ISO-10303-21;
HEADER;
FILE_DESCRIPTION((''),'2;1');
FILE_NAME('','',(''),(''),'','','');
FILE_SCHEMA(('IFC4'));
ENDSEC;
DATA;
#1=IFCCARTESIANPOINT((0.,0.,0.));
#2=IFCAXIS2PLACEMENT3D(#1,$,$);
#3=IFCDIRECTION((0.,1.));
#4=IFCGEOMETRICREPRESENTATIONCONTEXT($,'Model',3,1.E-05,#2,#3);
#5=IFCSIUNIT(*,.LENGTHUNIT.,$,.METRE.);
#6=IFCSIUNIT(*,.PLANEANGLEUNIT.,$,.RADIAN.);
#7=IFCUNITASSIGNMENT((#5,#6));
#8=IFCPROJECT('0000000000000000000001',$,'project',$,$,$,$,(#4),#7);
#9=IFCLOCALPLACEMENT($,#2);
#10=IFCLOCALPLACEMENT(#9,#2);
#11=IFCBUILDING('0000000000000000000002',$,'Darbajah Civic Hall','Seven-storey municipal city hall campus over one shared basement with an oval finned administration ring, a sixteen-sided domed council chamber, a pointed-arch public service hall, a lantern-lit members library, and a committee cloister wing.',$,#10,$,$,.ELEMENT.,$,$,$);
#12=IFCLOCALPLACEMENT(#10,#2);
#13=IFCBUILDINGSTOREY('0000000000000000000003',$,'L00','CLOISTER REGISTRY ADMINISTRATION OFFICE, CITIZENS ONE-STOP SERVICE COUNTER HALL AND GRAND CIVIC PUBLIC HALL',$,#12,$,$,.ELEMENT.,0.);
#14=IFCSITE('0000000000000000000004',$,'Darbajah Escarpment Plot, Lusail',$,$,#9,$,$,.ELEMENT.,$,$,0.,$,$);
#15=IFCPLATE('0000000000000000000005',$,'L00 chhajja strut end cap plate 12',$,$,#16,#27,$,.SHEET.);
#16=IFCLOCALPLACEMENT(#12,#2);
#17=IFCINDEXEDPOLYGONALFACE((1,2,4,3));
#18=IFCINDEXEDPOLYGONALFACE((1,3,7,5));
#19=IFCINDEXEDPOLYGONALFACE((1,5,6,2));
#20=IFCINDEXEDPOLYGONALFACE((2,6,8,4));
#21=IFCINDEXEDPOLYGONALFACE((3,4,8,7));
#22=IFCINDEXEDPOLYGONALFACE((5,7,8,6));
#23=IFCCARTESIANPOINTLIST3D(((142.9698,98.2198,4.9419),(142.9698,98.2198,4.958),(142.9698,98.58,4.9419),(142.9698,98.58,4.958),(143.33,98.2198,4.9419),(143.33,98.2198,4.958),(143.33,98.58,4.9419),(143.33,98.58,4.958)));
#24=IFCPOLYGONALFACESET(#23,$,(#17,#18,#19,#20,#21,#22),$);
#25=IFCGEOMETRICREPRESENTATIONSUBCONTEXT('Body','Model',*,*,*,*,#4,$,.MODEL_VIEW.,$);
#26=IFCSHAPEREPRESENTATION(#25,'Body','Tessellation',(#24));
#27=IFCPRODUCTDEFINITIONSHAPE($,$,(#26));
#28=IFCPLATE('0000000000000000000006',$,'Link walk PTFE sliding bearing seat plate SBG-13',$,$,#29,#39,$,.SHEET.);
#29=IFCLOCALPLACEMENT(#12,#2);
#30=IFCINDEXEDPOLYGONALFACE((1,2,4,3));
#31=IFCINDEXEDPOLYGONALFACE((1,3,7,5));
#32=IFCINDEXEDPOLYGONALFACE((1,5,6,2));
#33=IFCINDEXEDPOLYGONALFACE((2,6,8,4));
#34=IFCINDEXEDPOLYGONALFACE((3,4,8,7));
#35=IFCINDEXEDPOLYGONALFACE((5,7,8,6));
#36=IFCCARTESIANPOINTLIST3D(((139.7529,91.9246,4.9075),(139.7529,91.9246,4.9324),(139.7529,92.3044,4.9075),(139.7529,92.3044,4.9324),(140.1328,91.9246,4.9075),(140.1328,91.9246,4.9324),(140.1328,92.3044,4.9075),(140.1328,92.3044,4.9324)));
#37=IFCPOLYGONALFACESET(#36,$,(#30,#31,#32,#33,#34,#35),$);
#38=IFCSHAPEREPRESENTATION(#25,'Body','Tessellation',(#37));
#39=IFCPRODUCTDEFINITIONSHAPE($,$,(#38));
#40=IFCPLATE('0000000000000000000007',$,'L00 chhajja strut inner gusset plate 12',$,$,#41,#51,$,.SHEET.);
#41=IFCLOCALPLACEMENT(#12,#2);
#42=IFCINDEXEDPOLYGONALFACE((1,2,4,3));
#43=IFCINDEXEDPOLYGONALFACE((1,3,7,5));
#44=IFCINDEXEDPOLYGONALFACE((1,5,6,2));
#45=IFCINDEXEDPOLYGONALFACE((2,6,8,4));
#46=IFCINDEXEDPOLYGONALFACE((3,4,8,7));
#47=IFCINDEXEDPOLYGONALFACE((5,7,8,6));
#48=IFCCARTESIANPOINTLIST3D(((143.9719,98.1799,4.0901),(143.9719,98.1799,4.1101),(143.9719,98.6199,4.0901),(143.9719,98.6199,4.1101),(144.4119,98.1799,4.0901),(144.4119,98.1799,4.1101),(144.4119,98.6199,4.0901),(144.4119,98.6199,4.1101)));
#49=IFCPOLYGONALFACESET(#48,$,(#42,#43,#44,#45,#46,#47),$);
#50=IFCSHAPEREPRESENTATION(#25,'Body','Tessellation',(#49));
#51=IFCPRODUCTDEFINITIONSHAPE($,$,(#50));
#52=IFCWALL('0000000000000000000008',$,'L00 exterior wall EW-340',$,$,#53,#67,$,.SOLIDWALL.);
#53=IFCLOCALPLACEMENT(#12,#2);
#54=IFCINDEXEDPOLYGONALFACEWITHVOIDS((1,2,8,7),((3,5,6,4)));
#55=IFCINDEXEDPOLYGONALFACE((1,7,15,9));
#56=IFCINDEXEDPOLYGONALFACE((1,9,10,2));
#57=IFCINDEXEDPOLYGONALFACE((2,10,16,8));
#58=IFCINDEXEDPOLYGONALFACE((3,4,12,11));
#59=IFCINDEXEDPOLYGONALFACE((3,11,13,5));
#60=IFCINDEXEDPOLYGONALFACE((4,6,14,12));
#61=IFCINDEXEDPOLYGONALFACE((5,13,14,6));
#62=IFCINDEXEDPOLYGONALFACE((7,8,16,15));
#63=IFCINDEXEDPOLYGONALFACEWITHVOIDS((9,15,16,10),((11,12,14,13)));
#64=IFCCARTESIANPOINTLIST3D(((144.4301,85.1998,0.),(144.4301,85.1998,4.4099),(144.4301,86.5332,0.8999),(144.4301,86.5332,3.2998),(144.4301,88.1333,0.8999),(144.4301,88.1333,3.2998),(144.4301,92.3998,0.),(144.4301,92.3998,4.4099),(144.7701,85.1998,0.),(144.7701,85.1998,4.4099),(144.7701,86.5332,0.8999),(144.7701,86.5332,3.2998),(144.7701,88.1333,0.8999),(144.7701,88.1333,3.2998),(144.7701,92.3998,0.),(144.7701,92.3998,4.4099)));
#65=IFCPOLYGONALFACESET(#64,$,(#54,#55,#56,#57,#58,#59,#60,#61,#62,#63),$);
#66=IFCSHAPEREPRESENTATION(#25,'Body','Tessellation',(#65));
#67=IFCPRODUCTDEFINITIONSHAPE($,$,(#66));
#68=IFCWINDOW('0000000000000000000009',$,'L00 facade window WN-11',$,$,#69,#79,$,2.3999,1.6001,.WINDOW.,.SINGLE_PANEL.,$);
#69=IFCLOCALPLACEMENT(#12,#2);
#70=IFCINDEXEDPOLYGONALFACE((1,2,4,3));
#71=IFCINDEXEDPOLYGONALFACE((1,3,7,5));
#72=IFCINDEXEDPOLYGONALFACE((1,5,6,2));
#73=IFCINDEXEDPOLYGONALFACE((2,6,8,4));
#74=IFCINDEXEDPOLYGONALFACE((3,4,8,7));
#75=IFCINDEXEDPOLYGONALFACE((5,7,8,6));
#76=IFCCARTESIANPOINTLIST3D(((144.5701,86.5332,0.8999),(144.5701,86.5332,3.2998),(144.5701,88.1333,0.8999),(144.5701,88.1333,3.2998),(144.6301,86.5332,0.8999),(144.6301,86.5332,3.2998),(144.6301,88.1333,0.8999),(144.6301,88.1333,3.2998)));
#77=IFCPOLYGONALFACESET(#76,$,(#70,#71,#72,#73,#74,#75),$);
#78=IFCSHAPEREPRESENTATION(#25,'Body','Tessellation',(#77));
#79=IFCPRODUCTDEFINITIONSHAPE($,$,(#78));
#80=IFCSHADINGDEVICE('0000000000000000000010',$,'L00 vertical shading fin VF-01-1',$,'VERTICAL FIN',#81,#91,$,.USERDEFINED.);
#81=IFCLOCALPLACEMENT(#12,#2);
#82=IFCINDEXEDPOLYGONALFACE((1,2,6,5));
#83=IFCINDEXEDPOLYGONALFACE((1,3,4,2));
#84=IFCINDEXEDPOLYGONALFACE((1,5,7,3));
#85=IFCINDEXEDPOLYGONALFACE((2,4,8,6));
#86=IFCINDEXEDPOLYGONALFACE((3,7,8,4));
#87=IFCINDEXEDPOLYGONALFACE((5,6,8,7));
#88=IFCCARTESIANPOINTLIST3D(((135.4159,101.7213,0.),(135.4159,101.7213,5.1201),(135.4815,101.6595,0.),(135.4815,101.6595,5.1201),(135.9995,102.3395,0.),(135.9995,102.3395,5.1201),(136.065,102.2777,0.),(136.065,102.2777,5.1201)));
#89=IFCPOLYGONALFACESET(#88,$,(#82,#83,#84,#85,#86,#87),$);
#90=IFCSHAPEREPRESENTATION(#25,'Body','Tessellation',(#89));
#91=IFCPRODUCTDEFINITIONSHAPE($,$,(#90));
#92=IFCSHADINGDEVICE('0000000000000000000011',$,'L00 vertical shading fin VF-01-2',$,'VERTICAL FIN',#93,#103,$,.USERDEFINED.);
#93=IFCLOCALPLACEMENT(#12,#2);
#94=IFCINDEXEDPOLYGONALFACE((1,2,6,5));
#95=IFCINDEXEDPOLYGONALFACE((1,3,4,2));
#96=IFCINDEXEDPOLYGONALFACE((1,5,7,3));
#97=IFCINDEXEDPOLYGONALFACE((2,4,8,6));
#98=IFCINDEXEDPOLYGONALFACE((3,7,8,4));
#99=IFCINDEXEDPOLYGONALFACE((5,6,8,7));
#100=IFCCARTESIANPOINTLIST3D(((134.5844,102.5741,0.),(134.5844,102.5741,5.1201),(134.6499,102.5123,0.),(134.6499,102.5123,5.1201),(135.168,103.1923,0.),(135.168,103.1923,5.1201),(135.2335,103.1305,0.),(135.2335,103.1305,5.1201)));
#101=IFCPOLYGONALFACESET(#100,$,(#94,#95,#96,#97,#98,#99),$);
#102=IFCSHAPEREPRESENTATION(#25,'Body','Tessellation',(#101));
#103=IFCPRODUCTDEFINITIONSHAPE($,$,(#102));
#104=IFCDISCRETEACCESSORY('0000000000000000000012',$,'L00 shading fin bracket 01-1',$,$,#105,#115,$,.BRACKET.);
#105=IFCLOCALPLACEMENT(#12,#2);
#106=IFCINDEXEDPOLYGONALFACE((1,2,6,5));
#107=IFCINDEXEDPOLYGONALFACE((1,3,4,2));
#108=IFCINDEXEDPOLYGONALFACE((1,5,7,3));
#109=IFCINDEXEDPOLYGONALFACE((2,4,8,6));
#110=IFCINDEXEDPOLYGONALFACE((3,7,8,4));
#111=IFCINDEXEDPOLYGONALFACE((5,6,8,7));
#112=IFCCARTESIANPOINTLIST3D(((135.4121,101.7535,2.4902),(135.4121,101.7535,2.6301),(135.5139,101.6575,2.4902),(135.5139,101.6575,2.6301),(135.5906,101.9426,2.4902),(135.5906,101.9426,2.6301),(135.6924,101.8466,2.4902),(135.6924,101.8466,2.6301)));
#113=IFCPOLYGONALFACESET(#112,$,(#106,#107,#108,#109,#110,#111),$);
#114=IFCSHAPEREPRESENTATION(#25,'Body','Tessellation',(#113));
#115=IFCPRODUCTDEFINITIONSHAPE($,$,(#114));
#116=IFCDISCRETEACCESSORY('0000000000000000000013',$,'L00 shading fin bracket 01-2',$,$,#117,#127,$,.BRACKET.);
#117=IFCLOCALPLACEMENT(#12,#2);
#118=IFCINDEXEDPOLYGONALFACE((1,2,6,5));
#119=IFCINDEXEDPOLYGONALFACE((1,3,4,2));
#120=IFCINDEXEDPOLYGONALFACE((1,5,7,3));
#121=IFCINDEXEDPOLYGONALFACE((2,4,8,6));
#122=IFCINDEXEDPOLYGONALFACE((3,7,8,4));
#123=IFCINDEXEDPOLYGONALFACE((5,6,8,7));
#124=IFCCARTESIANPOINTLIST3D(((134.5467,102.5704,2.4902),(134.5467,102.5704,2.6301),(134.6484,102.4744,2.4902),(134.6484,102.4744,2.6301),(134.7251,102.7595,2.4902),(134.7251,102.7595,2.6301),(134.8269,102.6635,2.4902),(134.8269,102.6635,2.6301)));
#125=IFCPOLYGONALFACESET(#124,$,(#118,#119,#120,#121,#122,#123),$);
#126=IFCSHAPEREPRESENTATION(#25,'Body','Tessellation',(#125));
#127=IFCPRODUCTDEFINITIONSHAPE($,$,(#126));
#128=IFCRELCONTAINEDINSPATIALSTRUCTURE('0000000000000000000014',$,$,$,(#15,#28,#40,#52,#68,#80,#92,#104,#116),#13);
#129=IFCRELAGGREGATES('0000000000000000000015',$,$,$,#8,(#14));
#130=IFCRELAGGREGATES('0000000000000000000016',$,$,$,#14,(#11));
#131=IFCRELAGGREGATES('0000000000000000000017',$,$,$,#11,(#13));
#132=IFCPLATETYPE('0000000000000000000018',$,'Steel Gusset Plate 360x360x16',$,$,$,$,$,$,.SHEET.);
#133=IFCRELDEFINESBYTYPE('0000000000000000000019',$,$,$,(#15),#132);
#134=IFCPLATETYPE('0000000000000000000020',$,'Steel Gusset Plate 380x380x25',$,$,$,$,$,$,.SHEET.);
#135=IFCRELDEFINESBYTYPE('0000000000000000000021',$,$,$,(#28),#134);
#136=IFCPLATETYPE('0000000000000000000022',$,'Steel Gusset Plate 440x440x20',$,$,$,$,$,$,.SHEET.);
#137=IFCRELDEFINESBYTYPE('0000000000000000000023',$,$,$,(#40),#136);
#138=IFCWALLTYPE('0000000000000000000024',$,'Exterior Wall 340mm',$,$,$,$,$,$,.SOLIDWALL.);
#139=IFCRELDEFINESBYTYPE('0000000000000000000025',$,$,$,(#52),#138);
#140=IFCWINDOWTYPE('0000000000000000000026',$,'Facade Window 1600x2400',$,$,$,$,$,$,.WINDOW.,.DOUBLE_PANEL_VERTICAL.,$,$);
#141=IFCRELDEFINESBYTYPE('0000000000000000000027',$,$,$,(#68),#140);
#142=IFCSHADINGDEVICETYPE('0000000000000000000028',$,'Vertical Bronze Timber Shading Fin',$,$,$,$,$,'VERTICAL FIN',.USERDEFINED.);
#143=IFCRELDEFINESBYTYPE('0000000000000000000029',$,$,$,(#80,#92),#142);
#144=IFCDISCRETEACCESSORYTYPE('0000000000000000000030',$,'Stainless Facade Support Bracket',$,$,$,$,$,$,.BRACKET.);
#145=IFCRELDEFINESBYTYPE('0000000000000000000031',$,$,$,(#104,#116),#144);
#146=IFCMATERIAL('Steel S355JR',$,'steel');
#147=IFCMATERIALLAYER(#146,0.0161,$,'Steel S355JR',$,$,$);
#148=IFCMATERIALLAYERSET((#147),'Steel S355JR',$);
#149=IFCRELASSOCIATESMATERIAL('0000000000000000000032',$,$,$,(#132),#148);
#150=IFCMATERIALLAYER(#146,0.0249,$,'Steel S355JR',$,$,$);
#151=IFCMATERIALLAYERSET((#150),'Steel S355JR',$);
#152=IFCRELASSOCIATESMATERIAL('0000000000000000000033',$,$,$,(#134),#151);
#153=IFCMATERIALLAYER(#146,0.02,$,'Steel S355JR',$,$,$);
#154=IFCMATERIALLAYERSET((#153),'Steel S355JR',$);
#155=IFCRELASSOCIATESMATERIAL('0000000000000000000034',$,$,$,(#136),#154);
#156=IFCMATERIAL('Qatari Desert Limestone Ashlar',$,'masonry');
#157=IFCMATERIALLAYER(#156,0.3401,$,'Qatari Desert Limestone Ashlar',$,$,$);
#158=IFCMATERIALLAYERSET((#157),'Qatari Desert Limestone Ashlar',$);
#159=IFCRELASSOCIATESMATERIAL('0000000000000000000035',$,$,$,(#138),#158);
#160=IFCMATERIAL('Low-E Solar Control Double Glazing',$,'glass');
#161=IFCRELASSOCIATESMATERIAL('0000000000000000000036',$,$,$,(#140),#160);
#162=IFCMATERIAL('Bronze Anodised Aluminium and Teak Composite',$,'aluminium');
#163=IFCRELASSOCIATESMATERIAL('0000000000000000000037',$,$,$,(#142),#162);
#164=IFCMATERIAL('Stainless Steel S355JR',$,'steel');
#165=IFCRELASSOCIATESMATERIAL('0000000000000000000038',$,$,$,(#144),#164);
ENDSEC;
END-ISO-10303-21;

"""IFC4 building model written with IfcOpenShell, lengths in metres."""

from ifc_helpers import new_model, si_unit, direction, frame, frame_2d, origin, origin_2d, place, context, subcontext, project, spatial, rectangle, extrude, material, layer, layer_set, type_object, element, fill, save


model = new_model("IFC4")

# Units and contexts
model_context = context("Model", 3, precision=1e-05, world=origin(), true_north=direction((0.0, 1.0)))
body_context = subcontext(model_context, "Body", "Model", "MODEL_VIEW")
ifc_project = project(units=[si_unit("LENGTHUNIT", "METRE"), si_unit("PLANEANGLEUNIT", "RADIAN")], contexts=[model_context])

# Site, building, storey
site_placement = place(None, origin())
site = spatial("IfcSite", under=ifc_project, at=site_placement, Name="Darbajah Escarpment Plot, Lusail", CompositionType="ELEMENT", RefElevation=0.0)
building_placement = place(site_placement, origin())
building = spatial("IfcBuilding", under=site, at=building_placement, Name="Darbajah Civic Hall", Description="Seven-storey municipal city hall campus over one shared basement with an oval finned administration ring, a sixteen-sided domed council chamber, a pointed-arch public service hall, a lantern-lit members library, and a committee cloister wing.", CompositionType="ELEMENT")
storey_placement = place(building_placement, origin())
storey = spatial("IfcBuildingStorey", under=building, at=storey_placement, Name="L00", Description="CLOISTER REGISTRY ADMINISTRATION OFFICE, CITIZENS ONE-STOP SERVICE COUNTER HALL AND GRAND CIVIC PUBLIC HALL", CompositionType="ELEMENT", Elevation=0.0)

# Shared definitions
ifc_material_1 = material(Name="Steel S355JR", Category="steel")

# Shared definitions
ifc_material_2 = material(Name="Low-E Solar Control Double Glazing", Category="glass")

# Plates
ifc_layer_1 = layer(ifc_material_1, 0.0161, Name="Steel S355JR")
ifc_layer_set_1 = layer_set([ifc_layer_1], Name="Steel S355JR")
plate_type_1 = type_object("IfcPlateType", Name="Steel Gusset Plate 360x360x16", PredefinedType="SHEET", material=ifc_layer_set_1)
plate_1_placement = place(storey_placement, frame((143.1499, 98.3999, 4.9419), z_axis=(0.0, 0.0, 1.0), x_axis=(1.0, 0.0, 0.0)))
element("IfcPlate", 1, at=plate_1_placement, inside=storey, type_object=plate_type_1, Name="L00 chhajja strut end cap plate 12", PredefinedType="SHEET", context=body_context, shape_type="SweptSolid", body=[
    extrude(rectangle(XDim=0.3601, YDim=0.3601, at=origin_2d()), origin(), (0.0, 0.0, 1.0), 0.0161),
])
ifc_layer_2 = layer(ifc_material_1, 0.0249, Name="Steel S355JR")
ifc_layer_set_2 = layer_set([ifc_layer_2], Name="Steel S355JR")
plate_type_2 = type_object("IfcPlateType", Name="Steel Gusset Plate 380x380x25", PredefinedType="SHEET", material=ifc_layer_set_2)
plate_2_placement = place(storey_placement, frame((139.9429, 92.1145, 4.9075), z_axis=(0.0, 0.0, 1.0), x_axis=(1.0, 0.0, 0.0)))
element("IfcPlate", 2, at=plate_2_placement, inside=storey, type_object=plate_type_2, Name="Link walk PTFE sliding bearing seat plate SBG-13", PredefinedType="SHEET", context=body_context, shape_type="SweptSolid", body=[
    extrude(rectangle(XDim=0.3799, YDim=0.3799, at=origin_2d()), origin(), (0.0, 0.0, 1.0), 0.0249),
])
ifc_layer_3 = layer(ifc_material_1, 0.02, Name="Steel S355JR")
ifc_layer_set_3 = layer_set([ifc_layer_3], Name="Steel S355JR")
plate_type_3 = type_object("IfcPlateType", Name="Steel Gusset Plate 440x440x20", PredefinedType="SHEET", material=ifc_layer_set_3)
plate_3_placement = place(storey_placement, frame((144.1919, 98.3999, 4.0901), z_axis=(0.0, 0.0, 1.0), x_axis=(1.0, 0.0, 0.0)))
element("IfcPlate", 3, at=plate_3_placement, inside=storey, type_object=plate_type_3, Name="L00 chhajja strut inner gusset plate 12", PredefinedType="SHEET", context=body_context, shape_type="SweptSolid", body=[
    extrude(rectangle(XDim=0.4399, YDim=0.4399, at=origin_2d()), origin(), (0.0, 0.0, 1.0), 0.02),
])

# Wall, opening, window
ifc_material_3 = material(Name="Qatari Desert Limestone Ashlar", Category="masonry")
ifc_layer_4 = layer(ifc_material_3, 0.3401, Name="Qatari Desert Limestone Ashlar")
ifc_layer_set_4 = layer_set([ifc_layer_4], Name="Qatari Desert Limestone Ashlar")
wall_type = type_object("IfcWallType", Name="Exterior Wall 340mm", PredefinedType="SOLIDWALL", material=ifc_layer_set_4)
wall_placement = place(storey_placement, frame((144.6001, 92.3999, 0.0), z_axis=(0.0, 0.0, 1.0), x_axis=(0.0, -1.0, 0.0)))
wall = element("IfcWall", 4, at=wall_placement, inside=storey, type_object=wall_type, Name="L00 exterior wall EW-340", PredefinedType="SOLIDWALL", context=body_context, shape_type="SweptSolid", body=[
    extrude(rectangle(XDim=7.2, YDim=0.3401, at=frame_2d((3.6001, 0.0))), origin(), (0.0, 0.0, 1.0), 4.4099),
])
opening_placement = place(wall_placement, frame((4.2666, 0.0, 0.8999)))
opening = element("IfcOpeningElement", 5, at=opening_placement, cuts=wall, PredefinedType="OPENING", context=body_context, shape_type="SweptSolid", body=[
    extrude(rectangle(XDim=1.6001, YDim=2.3999, at=frame_2d((0.8, 1.2))), frame((0.0, 0.1799, 0.0), z_axis=(0.0, -1.0, 0.0), x_axis=(1.0, 0.0, 0.0)), (0.0, 0.0, 1.0), 0.3601),
])
window_type = type_object("IfcWindowType", Name="Facade Window 1600x2400", PartitioningType="DOUBLE_PANEL_VERTICAL", PredefinedType="WINDOW", material=ifc_material_2)
window_placement = place(opening_placement, origin())
window = element("IfcWindow", 6, at=window_placement, inside=storey, type_object=window_type, Name="L00 facade window WN-11", OverallHeight=2.3999, OverallWidth=1.6001, PartitioningType="SINGLE_PANEL", PredefinedType="WINDOW", context=body_context, shape_type="SweptSolid", body=[
    extrude(rectangle(XDim=1.6001, YDim=2.3999, at=frame_2d((0.8, 1.2))), frame((0.0, 0.03, 0.0), z_axis=(0.0, -1.0, 0.0), x_axis=(1.0, 0.0, 0.0)), (0.0, 0.0, 1.0), 0.0601),
])
fill(opening, window)

# Shading devices
ifc_material_4 = material(Name="Bronze Anodised Aluminium and Teak Composite", Category="aluminium")
shading_device_type = type_object("IfcShadingDeviceType", Name="Vertical Bronze Timber Shading Fin", ElementType="VERTICAL FIN", PredefinedType="USERDEFINED", material=ifc_material_4)
for number, where, z_axis, x_axis, name in (
    (7, (135.7405, 101.9995, 0.0), (0.0, 0.0, 1.0), (0.686453, 0.727174, 0.0), "L00 vertical shading fin VF-01-1"),
    (8, (134.9089, 102.8523, 0.0), (0.0, 0.0, 1.0), (0.686453, 0.727174, 0.0), "L00 vertical shading fin VF-01-2"),
):
    element("IfcShadingDevice", number, at=place(storey_placement, frame(where, z_axis=z_axis, x_axis=x_axis)), inside=storey, type_object=shading_device_type, Name=name, ObjectType="VERTICAL FIN", PredefinedType="USERDEFINED", context=body_context, shape_type="SweptSolid", body=[
        extrude(rectangle(XDim=0.8501, YDim=0.0901, at=origin_2d()), origin(), (0.0, 0.0, 1.0), 5.1201),
    ])

# Discrete accessories
ifc_material_5 = material(Name="Stainless Steel S355JR", Category="steel")
discrete_accessory_type = type_object("IfcDiscreteAccessoryType", Name="Stainless Facade Support Bracket", PredefinedType="BRACKET", material=ifc_material_5)
for number, where, z_axis, x_axis, name in (
    (9, (135.5522, 101.8, 2.4902), (0.0, 0.0, 1.0), (0.686453, 0.727174, 0.0), "L00 shading fin bracket 01-1"),
    (10, (134.6868, 102.6169, 2.4902), (0.0, 0.0, 1.0), (0.686453, 0.727174, 0.0), "L00 shading fin bracket 01-2"),
):
    element("IfcDiscreteAccessory", number, at=place(storey_placement, frame(where, z_axis=z_axis, x_axis=x_axis)), inside=storey, type_object=discrete_accessory_type, Name=name, PredefinedType="BRACKET", context=body_context, shape_type="SweptSolid", body=[
        extrude(rectangle(XDim=0.26, YDim=0.1399, at=origin_2d()), origin(), (0.0, 0.0, 1.0), 0.1399),
    ])

save(model, "model.ifc")
